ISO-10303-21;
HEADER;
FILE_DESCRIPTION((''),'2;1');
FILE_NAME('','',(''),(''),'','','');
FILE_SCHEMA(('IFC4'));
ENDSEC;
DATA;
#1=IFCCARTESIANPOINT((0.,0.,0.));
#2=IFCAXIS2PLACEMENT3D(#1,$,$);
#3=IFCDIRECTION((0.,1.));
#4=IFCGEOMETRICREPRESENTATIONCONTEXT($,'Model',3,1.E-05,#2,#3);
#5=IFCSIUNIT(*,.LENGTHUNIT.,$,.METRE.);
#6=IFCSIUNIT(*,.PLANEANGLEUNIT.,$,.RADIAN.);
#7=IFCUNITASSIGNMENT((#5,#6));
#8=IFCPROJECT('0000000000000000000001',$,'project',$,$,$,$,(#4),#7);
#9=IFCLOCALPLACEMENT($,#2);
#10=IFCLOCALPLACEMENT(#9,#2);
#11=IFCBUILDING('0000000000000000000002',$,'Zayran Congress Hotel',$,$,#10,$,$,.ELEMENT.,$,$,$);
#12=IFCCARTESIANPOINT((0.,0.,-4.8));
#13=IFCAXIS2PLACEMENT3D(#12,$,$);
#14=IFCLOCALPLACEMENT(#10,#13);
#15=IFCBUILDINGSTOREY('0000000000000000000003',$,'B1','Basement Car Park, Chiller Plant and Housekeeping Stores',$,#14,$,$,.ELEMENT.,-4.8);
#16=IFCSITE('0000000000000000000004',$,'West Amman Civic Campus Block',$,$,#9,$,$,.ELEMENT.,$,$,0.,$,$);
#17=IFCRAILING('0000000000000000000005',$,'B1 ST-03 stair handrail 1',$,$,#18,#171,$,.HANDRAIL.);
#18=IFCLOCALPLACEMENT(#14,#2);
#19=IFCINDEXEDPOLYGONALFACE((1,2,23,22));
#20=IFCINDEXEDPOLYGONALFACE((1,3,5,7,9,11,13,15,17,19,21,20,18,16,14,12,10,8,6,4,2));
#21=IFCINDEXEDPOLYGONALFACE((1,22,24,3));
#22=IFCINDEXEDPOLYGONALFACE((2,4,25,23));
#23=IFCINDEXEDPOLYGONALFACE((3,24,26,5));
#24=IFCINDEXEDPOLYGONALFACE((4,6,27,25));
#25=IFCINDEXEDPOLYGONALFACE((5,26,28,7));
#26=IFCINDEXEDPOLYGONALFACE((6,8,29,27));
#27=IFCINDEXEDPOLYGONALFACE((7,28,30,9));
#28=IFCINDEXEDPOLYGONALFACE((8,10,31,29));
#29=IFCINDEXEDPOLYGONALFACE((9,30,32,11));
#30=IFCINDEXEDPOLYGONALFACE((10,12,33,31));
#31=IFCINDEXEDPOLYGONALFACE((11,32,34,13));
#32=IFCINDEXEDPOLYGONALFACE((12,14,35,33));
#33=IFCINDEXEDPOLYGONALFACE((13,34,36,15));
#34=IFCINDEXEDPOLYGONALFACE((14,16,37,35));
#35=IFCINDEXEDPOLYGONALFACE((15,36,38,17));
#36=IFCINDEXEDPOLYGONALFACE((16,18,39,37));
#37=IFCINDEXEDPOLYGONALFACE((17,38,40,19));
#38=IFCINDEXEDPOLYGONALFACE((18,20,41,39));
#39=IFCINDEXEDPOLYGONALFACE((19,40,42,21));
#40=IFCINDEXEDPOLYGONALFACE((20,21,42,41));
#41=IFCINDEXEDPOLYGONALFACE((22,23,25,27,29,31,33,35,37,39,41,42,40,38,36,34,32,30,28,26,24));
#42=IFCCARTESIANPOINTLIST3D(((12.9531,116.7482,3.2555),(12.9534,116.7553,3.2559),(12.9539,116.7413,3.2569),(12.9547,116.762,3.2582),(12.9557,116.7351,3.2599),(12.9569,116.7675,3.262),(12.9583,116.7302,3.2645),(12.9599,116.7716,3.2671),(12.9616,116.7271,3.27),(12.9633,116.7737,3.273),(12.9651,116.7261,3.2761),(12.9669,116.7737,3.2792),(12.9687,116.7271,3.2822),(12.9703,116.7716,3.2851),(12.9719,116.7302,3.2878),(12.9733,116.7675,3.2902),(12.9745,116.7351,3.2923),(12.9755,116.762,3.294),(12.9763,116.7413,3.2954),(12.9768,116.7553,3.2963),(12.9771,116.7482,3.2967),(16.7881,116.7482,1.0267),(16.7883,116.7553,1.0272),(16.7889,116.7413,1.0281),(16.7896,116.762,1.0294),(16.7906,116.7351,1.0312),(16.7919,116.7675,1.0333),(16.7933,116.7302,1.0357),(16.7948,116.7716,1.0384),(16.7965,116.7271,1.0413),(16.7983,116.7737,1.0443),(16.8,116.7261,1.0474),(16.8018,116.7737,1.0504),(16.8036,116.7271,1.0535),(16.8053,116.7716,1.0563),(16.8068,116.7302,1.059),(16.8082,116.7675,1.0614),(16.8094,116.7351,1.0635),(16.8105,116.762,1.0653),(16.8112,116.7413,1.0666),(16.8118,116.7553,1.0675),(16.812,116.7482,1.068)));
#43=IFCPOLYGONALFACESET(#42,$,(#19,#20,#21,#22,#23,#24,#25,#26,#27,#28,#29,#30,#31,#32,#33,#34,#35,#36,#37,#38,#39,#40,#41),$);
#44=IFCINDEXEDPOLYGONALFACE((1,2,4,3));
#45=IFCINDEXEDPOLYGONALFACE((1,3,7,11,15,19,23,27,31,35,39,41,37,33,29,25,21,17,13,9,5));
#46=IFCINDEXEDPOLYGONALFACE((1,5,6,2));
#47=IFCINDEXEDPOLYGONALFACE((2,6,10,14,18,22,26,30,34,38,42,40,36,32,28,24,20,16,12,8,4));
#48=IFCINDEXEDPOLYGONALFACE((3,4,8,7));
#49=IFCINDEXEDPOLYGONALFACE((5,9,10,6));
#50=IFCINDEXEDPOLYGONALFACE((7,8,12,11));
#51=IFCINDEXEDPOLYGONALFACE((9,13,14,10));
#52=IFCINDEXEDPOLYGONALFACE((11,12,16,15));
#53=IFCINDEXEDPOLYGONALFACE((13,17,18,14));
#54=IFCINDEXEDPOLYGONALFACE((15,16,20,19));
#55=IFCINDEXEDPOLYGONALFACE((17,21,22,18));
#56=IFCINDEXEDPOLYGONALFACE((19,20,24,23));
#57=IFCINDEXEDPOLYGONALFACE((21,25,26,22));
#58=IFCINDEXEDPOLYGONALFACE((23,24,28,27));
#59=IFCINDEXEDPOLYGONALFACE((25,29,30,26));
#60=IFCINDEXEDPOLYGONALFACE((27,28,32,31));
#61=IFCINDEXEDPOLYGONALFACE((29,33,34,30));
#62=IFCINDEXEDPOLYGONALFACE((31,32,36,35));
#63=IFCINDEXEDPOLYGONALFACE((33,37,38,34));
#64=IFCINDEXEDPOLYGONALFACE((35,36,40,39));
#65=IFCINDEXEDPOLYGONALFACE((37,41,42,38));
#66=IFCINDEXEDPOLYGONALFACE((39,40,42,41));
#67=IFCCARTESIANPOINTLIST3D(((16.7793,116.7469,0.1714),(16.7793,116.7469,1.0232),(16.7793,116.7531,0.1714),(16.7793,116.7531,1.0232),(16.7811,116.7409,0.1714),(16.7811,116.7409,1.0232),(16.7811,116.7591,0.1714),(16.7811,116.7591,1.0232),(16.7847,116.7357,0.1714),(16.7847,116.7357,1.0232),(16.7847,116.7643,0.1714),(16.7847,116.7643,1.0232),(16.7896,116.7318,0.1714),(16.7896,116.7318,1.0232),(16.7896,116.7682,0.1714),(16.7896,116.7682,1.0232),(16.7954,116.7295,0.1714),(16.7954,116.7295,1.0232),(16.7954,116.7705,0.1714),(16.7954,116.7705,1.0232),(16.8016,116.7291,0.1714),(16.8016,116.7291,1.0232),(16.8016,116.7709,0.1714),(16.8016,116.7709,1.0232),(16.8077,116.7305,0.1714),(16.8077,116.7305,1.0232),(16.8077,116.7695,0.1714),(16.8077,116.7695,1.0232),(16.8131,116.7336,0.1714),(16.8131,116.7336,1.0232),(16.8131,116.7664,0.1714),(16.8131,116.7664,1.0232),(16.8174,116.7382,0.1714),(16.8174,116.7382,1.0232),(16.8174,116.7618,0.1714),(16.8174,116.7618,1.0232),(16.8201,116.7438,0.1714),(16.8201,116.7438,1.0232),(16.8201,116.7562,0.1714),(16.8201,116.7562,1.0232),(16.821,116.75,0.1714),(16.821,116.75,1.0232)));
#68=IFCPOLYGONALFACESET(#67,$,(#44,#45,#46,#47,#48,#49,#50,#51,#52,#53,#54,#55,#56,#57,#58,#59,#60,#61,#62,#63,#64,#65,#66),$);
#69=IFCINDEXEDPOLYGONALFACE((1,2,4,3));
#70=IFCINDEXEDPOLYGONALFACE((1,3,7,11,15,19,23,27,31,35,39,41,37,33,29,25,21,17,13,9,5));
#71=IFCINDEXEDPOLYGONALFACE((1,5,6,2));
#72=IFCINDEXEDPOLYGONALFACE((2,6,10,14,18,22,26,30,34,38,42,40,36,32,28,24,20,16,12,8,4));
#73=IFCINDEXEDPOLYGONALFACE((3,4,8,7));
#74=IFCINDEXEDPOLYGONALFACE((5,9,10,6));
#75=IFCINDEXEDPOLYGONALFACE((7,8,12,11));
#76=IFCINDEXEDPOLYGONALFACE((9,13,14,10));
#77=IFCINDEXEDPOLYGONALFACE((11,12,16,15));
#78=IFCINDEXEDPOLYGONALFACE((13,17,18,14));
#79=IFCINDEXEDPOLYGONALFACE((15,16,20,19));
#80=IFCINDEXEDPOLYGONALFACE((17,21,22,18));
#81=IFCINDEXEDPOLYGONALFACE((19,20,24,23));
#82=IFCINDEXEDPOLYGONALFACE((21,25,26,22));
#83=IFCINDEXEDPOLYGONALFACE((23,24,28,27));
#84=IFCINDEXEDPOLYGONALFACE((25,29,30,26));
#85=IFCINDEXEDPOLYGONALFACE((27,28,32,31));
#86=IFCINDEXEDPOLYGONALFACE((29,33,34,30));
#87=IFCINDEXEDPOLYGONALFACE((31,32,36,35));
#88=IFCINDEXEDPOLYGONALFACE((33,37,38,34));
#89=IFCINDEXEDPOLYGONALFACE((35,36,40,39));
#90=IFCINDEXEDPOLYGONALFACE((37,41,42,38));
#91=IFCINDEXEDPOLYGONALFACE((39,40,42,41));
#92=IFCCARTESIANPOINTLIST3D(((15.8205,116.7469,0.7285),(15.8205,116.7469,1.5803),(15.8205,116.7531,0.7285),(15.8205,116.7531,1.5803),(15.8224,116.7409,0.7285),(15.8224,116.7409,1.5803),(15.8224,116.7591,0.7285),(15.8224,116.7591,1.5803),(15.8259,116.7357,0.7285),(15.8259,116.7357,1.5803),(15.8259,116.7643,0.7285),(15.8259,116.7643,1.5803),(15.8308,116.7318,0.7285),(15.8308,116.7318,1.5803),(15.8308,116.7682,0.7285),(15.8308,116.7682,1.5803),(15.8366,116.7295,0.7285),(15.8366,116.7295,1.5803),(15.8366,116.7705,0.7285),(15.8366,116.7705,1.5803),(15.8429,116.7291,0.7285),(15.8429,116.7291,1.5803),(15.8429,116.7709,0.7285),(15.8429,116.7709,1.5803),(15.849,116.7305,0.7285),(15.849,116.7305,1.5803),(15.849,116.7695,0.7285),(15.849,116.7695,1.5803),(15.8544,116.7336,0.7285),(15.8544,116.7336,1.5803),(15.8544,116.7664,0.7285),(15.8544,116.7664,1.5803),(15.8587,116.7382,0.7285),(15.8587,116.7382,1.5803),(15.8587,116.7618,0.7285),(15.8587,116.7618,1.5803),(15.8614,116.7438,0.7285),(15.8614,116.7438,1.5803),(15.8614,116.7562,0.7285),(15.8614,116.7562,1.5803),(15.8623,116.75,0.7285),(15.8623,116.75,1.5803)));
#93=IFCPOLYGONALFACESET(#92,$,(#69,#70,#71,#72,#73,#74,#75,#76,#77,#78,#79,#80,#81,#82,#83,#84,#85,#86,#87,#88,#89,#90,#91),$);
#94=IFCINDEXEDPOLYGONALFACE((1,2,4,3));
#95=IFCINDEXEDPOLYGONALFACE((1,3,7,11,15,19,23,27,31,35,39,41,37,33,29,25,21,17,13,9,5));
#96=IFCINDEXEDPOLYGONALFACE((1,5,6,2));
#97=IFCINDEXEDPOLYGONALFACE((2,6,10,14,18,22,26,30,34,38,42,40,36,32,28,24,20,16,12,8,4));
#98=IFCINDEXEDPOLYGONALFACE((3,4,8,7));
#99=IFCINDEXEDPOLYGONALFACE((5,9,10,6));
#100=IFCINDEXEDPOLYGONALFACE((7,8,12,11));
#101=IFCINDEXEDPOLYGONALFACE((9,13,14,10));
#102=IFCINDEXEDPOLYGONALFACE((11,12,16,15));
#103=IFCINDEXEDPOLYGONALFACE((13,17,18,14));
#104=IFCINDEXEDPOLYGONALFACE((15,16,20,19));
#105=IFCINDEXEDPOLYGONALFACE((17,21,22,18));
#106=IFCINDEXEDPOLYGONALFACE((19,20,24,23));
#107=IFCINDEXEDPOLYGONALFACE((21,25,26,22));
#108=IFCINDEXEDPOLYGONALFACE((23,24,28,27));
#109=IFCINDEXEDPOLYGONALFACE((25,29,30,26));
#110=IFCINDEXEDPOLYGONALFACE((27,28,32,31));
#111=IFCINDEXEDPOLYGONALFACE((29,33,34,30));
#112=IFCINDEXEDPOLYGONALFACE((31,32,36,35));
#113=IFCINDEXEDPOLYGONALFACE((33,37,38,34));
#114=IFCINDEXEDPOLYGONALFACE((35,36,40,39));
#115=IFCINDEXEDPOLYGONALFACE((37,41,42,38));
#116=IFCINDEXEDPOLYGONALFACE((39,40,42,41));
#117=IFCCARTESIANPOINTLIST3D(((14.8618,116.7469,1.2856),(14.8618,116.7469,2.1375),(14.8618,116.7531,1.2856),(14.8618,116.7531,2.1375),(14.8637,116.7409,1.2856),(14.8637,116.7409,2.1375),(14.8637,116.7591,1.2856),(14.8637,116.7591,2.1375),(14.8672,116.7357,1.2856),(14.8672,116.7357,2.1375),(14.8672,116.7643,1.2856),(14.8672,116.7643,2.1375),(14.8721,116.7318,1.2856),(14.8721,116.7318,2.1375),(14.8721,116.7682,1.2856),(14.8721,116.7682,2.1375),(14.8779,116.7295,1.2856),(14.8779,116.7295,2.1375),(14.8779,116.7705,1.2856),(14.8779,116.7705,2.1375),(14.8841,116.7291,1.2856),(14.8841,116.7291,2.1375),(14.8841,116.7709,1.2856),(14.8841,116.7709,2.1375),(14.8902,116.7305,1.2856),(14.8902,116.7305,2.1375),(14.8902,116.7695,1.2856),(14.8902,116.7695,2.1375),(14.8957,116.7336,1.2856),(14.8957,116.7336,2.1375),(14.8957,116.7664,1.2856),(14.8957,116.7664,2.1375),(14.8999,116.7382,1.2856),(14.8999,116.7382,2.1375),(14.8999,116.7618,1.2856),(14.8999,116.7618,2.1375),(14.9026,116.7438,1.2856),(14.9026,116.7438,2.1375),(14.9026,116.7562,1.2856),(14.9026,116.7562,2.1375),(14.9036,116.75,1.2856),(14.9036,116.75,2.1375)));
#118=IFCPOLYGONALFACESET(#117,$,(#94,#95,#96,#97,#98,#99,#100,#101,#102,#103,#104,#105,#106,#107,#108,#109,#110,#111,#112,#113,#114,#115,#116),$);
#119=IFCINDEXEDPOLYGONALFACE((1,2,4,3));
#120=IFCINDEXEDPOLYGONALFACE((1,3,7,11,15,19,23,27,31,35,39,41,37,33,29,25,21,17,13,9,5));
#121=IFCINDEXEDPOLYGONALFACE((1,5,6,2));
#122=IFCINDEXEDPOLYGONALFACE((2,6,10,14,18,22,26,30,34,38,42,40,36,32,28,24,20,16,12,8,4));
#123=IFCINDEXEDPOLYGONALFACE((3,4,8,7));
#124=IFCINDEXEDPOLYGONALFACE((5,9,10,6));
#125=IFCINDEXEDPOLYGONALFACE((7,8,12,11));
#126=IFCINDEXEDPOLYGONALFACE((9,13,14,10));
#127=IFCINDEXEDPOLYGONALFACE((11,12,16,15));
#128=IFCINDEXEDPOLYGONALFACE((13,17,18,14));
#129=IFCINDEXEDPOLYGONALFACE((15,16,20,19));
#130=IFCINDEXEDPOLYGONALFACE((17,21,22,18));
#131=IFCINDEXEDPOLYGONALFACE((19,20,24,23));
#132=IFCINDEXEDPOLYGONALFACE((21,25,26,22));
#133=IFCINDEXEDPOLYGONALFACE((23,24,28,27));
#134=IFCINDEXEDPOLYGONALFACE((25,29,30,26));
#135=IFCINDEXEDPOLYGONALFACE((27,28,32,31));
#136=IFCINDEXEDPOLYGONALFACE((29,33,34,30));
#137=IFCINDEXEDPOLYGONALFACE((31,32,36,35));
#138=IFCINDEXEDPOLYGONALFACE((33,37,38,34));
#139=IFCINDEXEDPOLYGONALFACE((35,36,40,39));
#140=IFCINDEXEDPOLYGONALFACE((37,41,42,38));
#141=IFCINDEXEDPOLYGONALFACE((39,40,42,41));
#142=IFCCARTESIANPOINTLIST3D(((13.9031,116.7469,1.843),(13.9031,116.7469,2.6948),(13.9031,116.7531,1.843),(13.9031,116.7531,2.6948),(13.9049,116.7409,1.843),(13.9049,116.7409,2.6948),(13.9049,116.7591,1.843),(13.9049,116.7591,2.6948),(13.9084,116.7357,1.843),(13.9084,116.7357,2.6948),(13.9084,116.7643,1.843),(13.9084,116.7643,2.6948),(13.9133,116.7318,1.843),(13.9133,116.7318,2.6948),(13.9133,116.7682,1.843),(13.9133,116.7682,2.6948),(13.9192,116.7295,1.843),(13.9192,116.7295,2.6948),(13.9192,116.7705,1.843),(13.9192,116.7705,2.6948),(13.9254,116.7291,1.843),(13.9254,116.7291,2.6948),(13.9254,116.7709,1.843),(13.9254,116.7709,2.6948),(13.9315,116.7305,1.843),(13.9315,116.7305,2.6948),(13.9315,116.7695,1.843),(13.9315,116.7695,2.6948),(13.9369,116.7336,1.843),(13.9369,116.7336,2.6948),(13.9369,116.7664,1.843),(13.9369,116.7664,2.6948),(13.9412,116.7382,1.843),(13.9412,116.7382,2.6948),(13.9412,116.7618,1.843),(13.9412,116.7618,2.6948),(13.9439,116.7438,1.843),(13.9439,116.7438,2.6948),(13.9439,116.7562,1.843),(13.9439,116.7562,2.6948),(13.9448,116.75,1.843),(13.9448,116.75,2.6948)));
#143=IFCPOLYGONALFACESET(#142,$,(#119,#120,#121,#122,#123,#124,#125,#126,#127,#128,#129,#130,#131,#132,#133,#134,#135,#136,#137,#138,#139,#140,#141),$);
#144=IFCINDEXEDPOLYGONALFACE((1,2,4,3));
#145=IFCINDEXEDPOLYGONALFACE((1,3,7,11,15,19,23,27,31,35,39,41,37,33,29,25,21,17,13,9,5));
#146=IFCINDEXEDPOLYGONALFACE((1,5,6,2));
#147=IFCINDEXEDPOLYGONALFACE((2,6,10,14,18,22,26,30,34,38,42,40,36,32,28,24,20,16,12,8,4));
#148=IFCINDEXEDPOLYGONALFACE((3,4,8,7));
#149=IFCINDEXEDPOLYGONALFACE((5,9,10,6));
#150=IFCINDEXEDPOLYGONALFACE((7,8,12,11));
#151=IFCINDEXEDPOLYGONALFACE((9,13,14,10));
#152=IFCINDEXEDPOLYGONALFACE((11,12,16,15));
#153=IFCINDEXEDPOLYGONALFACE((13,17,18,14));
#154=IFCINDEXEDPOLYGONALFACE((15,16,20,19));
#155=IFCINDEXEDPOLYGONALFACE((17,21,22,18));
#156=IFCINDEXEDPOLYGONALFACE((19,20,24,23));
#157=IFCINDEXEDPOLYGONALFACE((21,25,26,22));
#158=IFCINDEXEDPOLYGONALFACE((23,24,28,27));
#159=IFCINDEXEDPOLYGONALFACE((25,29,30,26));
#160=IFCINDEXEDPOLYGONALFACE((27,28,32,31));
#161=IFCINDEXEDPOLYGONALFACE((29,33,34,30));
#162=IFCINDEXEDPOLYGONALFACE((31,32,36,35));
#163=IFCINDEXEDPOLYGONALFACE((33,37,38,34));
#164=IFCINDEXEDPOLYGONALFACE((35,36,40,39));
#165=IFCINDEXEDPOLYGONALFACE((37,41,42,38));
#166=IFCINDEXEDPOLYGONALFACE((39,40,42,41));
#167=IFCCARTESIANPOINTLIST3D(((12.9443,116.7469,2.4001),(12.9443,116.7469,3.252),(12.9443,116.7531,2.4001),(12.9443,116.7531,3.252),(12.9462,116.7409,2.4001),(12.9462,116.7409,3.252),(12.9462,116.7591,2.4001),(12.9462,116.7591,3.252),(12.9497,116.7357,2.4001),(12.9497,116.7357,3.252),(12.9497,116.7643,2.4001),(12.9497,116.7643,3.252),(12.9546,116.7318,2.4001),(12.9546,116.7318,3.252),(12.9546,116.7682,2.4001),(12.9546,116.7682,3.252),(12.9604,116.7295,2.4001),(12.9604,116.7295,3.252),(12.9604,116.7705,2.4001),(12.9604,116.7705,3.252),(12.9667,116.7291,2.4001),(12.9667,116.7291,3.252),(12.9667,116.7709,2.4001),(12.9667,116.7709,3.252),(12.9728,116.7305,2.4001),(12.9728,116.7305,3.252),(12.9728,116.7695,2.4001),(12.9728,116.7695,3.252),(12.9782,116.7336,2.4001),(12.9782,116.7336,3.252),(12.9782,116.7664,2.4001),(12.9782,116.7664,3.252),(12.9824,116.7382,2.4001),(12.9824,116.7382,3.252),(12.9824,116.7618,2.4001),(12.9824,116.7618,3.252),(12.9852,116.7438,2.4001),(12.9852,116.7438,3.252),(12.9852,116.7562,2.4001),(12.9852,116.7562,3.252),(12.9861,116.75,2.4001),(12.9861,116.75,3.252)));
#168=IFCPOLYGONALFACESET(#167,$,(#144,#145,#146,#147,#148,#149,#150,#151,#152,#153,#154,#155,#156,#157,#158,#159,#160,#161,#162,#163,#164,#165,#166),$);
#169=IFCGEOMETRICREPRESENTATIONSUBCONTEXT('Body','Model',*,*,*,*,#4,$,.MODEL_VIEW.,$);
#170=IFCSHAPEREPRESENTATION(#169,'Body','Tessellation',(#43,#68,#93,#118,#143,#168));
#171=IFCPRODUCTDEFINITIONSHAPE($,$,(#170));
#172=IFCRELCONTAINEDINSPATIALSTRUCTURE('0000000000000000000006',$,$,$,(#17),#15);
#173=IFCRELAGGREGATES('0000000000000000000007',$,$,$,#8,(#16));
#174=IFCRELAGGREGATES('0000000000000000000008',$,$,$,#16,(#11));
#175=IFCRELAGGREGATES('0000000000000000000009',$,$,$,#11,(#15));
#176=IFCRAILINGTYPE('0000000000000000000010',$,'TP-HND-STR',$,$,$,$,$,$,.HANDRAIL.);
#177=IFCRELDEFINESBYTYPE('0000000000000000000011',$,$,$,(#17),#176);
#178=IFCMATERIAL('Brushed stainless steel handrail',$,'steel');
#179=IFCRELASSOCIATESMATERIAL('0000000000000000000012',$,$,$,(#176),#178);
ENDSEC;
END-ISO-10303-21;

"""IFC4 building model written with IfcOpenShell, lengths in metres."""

from ifc_helpers import new_model, si_unit, direction, frame, origin, origin_2d, place, context, subcontext, project, spatial, circle, extrude, material, type_object, element, save


model = new_model("IFC4")

# Units and contexts
model_context = context("Model", 3, precision=1e-05, world=origin(), true_north=direction((0.0, 1.0)))
body_context = subcontext(model_context, "Body", "Model", "MODEL_VIEW")
ifc_project = project(units=[si_unit("LENGTHUNIT", "METRE"), si_unit("PLANEANGLEUNIT", "RADIAN")], contexts=[model_context])

# Site, building, storey
site_placement = place(None, origin())
site = spatial("IfcSite", under=ifc_project, at=site_placement, Name="West Amman Civic Campus Block", CompositionType="ELEMENT", RefElevation=0.0)
building_placement = place(site_placement, origin())
building = spatial("IfcBuilding", under=site, at=building_placement, Name="Zayran Congress Hotel", CompositionType="ELEMENT")
storey_placement = place(building_placement, frame((0.0, 0.0, -4.8)))
storey = spatial("IfcBuildingStorey", under=building, at=storey_placement, Name="B1", Description="Basement Car Park, Chiller Plant and Housekeeping Stores", CompositionType="ELEMENT", Elevation=-4.8)

# Railing
ifc_material_1 = material(Name="Brushed stainless steel handrail", Category="steel")
railing_type_1 = type_object("IfcRailingType", Name="TP-HND-STR", PredefinedType="HANDRAIL", material=ifc_material_1)
railing_1_placement = place(storey_placement, frame((16.8, 116.75, 0.1714)))
element("IfcRailing", 1, at=railing_1_placement, inside=storey, type_object=railing_type_1, Name="B1 ST-03 stair handrail 1", PredefinedType="HANDRAIL", context=body_context, shape_type="SweptSolid", body=[
    extrude(circle(Radius=0.0239, at=origin_2d()), frame((0.0, 0.0, 0.876), z_axis=(-0.864592, 0.0, 0.502474), x_axis=(0.0, -1.0, 0.0)), (0.0, 0.0, 1.0), 4.4355),
    extrude(circle(Radius=0.021, at=origin_2d()), origin(), (0.0, 0.0, 1.0), 0.8518),
    extrude(circle(Radius=0.021, at=origin_2d()), frame((-0.9587, 0.0, 0.5571)), (0.0, 0.0, 1.0), 0.8518),
    extrude(circle(Radius=0.021, at=origin_2d()), frame((-1.9175, 0.0, 1.1143)), (0.0, 0.0, 1.0), 0.8518),
    extrude(circle(Radius=0.021, at=origin_2d()), frame((-2.8762, 0.0, 1.6716)), (0.0, 0.0, 1.0), 0.8518),
    extrude(circle(Radius=0.021, at=origin_2d()), frame((-3.835, 0.0, 2.2288)), (0.0, 0.0, 1.0), 0.8518),
])

save(model, "model.ifc")
